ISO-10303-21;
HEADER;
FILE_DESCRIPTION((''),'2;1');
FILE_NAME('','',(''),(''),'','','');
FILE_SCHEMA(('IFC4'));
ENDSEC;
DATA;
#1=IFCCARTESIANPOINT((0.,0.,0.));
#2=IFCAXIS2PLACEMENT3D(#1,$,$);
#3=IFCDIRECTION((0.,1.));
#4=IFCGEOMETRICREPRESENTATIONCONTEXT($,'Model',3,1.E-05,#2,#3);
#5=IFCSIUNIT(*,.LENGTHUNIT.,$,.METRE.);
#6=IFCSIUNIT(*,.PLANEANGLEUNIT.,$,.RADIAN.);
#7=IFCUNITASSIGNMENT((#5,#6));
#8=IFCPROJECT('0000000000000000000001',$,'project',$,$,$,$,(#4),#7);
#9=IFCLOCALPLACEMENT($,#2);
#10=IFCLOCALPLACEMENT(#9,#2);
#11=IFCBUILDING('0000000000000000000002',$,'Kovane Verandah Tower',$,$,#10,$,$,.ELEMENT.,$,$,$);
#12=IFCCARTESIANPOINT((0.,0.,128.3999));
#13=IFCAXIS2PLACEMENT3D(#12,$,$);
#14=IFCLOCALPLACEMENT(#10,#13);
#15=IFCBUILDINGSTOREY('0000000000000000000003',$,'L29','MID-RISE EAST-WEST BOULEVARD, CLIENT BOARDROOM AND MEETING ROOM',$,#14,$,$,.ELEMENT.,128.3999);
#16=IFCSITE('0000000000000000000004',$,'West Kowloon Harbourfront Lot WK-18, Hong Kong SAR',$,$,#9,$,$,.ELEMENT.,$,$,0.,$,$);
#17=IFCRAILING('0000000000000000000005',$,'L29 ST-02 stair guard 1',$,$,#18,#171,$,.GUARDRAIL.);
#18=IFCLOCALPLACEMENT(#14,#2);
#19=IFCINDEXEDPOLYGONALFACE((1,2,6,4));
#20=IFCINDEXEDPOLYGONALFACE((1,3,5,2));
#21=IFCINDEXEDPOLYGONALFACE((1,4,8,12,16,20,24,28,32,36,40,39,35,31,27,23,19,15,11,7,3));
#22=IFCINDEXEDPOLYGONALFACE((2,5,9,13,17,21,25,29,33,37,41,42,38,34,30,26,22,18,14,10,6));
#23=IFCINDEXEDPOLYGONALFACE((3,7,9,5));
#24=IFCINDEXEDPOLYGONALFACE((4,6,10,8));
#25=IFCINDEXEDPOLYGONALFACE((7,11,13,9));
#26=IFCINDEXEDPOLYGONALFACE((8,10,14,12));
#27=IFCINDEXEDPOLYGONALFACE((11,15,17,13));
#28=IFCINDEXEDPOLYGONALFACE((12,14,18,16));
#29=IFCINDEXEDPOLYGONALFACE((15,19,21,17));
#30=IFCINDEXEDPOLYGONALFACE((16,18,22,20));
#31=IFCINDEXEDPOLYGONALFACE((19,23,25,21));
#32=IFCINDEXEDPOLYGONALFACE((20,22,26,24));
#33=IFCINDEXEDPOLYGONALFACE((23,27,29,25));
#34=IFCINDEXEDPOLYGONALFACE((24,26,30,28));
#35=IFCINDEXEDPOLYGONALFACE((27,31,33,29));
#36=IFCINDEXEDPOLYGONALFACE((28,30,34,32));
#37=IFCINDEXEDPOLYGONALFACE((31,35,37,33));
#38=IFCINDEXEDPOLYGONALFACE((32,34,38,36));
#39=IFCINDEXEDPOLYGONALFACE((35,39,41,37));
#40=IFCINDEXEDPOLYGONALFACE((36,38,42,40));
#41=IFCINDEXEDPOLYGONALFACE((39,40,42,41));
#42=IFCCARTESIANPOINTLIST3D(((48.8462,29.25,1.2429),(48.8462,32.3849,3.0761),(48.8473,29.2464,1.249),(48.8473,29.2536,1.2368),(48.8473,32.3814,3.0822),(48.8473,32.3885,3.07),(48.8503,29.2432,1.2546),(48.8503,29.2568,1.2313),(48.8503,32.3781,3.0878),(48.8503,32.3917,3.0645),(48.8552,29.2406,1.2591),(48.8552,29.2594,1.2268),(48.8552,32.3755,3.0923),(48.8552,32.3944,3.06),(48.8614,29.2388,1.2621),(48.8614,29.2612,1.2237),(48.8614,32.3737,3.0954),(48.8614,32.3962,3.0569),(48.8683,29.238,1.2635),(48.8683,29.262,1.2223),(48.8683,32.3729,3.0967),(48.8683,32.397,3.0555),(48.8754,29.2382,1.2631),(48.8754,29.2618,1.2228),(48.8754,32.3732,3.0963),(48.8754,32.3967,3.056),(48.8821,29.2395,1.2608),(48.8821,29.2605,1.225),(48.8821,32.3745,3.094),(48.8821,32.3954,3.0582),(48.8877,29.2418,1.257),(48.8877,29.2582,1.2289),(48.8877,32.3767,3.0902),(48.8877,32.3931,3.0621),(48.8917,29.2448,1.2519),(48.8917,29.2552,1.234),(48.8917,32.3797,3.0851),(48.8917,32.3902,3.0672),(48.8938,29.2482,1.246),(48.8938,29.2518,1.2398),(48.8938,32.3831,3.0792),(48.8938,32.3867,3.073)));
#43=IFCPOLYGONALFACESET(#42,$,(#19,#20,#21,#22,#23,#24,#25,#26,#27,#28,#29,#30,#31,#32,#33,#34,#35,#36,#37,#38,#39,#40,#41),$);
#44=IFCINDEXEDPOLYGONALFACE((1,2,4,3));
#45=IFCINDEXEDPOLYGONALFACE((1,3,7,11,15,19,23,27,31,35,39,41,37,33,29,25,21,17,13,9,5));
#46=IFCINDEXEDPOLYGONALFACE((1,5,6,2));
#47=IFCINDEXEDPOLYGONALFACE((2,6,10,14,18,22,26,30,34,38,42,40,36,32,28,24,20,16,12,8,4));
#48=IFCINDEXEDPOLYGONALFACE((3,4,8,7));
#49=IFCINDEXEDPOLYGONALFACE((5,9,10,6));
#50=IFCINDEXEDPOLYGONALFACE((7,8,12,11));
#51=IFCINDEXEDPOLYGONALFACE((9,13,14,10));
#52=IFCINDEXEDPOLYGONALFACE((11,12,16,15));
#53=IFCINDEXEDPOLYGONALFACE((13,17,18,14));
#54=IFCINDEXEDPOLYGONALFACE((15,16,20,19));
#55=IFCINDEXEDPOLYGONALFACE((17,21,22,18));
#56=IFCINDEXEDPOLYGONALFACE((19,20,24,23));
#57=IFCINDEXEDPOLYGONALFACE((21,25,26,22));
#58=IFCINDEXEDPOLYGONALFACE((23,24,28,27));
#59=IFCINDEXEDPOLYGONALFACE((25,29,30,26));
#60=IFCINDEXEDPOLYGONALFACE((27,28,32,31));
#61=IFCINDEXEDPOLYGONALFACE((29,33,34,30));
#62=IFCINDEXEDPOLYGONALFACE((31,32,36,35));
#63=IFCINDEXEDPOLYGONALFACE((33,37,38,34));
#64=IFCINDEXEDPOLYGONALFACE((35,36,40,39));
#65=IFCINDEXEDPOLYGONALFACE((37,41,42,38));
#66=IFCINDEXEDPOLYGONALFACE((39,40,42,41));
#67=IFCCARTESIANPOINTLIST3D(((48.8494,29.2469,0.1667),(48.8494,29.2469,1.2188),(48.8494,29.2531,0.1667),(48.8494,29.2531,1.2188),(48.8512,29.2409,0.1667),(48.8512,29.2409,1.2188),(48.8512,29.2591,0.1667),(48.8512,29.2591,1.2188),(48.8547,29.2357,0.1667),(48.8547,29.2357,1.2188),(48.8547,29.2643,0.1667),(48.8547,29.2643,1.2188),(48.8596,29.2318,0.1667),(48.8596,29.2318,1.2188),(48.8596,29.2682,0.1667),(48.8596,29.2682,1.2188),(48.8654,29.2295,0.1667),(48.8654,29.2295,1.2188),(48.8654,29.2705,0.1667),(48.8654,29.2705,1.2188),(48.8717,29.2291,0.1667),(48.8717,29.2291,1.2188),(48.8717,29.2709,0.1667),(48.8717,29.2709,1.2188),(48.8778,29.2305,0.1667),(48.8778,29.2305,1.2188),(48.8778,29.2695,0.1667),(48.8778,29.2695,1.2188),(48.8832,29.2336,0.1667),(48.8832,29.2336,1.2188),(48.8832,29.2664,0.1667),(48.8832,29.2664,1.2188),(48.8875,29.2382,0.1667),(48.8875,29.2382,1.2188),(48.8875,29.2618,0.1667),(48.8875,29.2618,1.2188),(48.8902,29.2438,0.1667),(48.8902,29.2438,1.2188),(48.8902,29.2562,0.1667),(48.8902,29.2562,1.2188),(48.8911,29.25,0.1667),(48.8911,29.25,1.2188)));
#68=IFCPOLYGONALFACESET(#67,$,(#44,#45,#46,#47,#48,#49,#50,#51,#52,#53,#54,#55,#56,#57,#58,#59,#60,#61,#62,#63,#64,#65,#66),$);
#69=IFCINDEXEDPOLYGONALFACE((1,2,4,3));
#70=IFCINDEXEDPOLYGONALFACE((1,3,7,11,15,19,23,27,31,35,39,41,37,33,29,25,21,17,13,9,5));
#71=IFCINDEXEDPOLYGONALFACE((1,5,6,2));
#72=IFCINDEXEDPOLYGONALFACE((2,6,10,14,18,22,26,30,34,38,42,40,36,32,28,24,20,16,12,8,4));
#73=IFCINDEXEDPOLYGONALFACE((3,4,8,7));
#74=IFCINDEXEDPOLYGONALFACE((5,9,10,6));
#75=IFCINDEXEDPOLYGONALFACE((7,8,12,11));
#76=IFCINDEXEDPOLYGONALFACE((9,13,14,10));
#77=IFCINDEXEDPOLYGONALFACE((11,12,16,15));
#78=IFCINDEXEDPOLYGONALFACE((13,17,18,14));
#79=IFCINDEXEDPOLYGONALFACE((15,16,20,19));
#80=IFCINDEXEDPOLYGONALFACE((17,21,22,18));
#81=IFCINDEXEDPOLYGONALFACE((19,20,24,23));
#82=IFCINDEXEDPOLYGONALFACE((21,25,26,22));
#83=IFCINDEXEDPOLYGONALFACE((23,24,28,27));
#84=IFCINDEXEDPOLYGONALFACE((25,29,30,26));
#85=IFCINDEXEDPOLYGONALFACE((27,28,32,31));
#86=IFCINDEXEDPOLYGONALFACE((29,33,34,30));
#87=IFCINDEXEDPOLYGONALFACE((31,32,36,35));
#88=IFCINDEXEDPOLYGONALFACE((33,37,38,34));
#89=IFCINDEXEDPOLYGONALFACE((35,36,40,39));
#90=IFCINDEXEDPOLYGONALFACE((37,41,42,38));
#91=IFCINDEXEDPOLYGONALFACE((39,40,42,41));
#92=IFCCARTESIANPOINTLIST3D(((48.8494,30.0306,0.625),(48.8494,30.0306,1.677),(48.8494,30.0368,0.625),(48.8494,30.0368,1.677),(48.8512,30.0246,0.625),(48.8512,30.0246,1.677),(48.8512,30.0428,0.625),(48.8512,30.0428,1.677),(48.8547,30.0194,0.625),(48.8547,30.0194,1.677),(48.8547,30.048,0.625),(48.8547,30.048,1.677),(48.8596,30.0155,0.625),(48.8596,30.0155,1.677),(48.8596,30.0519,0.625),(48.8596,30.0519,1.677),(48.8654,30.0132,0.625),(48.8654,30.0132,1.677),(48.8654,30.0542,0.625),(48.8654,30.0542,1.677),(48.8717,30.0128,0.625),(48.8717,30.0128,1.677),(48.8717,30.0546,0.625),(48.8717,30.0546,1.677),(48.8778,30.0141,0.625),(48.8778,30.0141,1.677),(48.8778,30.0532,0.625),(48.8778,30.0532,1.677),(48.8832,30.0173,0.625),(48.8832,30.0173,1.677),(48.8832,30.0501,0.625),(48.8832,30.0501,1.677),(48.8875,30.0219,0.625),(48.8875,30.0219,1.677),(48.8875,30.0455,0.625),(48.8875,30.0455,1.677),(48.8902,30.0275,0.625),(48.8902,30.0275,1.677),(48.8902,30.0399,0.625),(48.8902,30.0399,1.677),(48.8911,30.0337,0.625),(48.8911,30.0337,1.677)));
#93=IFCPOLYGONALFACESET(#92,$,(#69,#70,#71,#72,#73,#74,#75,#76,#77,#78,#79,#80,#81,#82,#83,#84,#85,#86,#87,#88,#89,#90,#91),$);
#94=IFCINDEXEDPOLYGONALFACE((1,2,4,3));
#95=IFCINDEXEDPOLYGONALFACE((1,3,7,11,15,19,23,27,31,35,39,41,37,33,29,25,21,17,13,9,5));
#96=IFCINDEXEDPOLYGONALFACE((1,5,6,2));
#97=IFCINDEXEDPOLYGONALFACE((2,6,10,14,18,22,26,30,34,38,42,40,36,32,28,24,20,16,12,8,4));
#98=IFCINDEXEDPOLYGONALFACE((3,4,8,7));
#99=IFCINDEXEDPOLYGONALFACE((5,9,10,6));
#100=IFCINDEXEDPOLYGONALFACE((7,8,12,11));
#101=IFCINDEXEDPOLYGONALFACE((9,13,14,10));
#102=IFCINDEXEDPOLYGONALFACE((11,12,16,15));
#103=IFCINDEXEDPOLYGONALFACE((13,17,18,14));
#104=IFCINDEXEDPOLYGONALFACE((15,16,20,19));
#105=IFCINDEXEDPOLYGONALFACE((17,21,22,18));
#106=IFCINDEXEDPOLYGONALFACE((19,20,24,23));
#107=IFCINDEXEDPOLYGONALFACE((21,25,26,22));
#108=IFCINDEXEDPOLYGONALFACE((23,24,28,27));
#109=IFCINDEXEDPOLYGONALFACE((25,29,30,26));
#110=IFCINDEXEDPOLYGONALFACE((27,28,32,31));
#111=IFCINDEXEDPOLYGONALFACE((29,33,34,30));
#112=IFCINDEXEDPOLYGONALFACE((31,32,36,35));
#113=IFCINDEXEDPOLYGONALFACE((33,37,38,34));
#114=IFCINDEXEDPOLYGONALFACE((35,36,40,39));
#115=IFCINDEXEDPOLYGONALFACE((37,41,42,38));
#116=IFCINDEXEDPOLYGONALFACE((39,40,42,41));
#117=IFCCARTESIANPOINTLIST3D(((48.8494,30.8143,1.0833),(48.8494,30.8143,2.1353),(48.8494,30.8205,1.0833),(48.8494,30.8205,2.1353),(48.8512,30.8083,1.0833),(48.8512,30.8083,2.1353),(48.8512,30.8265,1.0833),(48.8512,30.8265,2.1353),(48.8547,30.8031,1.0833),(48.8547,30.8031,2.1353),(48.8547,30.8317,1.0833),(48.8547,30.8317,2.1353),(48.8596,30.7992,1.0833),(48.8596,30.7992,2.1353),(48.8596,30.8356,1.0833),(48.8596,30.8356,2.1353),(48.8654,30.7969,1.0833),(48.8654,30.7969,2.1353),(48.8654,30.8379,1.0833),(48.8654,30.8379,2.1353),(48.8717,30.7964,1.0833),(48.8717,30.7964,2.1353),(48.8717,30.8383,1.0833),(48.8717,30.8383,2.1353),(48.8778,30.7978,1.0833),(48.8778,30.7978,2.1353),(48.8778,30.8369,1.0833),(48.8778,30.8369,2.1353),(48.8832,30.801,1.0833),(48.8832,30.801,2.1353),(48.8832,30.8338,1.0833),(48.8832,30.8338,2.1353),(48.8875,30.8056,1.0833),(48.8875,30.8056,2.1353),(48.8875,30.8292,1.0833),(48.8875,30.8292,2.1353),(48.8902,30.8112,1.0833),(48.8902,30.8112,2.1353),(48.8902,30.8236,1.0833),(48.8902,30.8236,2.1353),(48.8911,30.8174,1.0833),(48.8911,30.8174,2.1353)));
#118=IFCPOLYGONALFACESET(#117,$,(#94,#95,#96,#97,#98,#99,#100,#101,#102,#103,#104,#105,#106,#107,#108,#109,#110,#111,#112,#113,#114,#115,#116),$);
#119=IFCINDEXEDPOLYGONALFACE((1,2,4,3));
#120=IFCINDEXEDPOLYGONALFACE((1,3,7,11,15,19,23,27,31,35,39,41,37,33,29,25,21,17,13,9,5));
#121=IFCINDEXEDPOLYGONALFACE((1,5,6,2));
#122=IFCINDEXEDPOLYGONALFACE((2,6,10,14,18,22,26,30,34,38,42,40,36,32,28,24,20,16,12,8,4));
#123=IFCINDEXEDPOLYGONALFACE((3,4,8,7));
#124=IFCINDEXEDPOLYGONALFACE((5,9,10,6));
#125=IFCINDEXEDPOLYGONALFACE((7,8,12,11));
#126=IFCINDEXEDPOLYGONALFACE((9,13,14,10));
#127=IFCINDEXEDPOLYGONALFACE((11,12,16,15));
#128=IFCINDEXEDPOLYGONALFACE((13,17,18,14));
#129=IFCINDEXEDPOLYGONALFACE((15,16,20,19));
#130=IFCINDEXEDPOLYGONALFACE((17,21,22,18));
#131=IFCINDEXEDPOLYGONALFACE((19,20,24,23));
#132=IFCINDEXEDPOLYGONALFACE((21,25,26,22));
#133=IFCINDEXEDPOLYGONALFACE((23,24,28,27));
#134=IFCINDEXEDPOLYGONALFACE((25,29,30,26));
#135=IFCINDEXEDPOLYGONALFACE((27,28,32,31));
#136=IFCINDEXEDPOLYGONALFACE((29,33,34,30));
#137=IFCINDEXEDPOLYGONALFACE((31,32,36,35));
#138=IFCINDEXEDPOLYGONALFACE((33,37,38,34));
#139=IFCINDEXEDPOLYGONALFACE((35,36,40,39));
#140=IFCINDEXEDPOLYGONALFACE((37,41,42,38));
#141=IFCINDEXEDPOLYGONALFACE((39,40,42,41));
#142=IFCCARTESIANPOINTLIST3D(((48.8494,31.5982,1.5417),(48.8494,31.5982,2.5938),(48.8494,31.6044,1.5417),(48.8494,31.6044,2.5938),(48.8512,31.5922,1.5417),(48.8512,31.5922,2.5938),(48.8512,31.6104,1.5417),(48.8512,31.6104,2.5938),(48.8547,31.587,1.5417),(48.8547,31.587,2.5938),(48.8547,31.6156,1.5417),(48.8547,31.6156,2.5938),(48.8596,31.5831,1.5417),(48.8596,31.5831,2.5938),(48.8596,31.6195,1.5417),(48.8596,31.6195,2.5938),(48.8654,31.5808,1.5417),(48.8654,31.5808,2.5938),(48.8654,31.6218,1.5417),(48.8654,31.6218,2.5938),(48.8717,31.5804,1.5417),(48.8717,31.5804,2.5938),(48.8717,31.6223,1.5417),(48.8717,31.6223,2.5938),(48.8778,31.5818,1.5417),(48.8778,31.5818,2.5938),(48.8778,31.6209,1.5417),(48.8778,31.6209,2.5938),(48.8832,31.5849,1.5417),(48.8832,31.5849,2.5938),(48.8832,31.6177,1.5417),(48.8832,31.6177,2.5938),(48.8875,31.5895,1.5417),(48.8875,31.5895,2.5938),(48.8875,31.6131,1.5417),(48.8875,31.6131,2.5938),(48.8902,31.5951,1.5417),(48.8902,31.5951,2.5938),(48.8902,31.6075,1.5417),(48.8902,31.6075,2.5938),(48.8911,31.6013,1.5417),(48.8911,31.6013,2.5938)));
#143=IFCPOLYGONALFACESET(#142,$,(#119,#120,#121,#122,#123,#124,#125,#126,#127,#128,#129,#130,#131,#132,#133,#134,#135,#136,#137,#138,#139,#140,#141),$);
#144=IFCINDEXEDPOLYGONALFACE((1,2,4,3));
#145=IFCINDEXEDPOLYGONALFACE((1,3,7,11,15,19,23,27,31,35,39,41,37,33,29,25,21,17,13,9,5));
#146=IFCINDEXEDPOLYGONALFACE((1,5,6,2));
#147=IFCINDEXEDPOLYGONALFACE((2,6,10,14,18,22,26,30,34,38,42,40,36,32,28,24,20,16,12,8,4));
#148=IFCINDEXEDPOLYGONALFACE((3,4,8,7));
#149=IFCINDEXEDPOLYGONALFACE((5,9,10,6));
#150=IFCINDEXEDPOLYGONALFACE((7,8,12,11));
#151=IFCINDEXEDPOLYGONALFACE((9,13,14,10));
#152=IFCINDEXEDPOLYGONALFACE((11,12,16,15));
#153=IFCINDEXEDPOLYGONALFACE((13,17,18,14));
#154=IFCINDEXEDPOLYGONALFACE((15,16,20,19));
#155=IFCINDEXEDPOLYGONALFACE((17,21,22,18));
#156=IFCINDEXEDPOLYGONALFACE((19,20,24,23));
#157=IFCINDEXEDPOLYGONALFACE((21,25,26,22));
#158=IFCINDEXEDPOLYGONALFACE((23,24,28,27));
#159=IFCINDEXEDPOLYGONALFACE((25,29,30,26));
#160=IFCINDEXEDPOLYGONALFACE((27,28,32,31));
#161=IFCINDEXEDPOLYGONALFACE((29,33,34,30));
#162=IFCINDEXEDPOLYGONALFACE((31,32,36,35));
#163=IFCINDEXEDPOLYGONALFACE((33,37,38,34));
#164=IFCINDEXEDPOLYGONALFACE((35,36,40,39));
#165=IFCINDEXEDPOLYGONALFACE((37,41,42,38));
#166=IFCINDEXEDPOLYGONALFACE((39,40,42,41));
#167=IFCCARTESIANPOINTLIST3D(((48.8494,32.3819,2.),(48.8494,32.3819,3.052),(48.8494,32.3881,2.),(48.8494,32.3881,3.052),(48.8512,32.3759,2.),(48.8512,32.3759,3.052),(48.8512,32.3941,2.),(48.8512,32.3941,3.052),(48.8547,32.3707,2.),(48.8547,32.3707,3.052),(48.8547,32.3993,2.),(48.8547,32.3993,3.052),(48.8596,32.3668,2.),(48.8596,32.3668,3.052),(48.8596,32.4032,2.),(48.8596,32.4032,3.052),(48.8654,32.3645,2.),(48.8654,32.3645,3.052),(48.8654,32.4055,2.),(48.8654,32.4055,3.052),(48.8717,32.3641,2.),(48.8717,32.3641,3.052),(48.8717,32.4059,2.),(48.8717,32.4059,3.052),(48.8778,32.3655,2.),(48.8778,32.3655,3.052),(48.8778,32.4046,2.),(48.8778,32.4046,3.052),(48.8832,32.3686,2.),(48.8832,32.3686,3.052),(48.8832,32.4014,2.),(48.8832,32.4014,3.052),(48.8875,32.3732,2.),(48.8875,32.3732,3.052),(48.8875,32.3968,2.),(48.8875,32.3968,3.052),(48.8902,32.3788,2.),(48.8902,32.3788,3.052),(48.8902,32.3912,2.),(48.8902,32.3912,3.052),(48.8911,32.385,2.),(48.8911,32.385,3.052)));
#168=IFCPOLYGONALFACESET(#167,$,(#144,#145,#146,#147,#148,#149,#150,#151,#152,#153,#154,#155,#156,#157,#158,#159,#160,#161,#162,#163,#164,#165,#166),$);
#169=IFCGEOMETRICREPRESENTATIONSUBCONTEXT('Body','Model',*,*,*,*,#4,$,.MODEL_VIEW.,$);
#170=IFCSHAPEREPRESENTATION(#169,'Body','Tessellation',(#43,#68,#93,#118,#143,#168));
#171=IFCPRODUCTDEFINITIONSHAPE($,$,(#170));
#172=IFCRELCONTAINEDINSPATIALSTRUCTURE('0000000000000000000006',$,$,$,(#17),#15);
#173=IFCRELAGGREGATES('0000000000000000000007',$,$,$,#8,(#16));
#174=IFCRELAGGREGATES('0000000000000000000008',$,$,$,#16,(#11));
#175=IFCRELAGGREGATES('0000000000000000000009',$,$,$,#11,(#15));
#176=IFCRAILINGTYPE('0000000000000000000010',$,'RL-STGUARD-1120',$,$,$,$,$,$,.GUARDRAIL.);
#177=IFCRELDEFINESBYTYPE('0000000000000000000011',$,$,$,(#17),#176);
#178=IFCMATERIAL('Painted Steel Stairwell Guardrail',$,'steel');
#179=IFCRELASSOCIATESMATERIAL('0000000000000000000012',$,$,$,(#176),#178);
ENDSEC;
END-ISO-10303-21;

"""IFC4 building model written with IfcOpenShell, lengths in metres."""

from ifc_helpers import new_model, si_unit, direction, frame, origin, origin_2d, place, context, subcontext, project, spatial, circle, extrude, material, type_object, element, save


model = new_model("IFC4")

# Units and contexts
model_context = context("Model", 3, precision=1e-05, world=origin(), true_north=direction((0.0, 1.0)))
body_context = subcontext(model_context, "Body", "Model", "MODEL_VIEW")
ifc_project = project(units=[si_unit("LENGTHUNIT", "METRE"), si_unit("PLANEANGLEUNIT", "RADIAN")], contexts=[model_context])

# Site, building, storey
site_placement = place(None, origin())
site = spatial("IfcSite", under=ifc_project, at=site_placement, Name="West Kowloon Harbourfront Lot WK-18, Hong Kong SAR", CompositionType="ELEMENT", RefElevation=0.0)
building_placement = place(site_placement, origin())
building = spatial("IfcBuilding", under=site, at=building_placement, Name="Kovane Verandah Tower", CompositionType="ELEMENT")
storey_placement = place(building_placement, frame((0.0, 0.0, 128.3999)))
storey = spatial("IfcBuildingStorey", under=building, at=storey_placement, Name="L29", Description="MID-RISE EAST-WEST BOULEVARD, CLIENT BOARDROOM AND MEETING ROOM", CompositionType="ELEMENT", Elevation=128.3999)

# Railing
ifc_material_1 = material(Name="Painted Steel Stairwell Guardrail", Category="steel")
railing_type_1 = type_object("IfcRailingType", Name="RL-STGUARD-1120", PredefinedType="GUARDRAIL", material=ifc_material_1)
railing_1_placement = place(storey_placement, frame((48.8701, 29.25, 0.1667)))
element("IfcRailing", 1, at=railing_1_placement, inside=storey, type_object=railing_type_1, Name="L29 ST-02 stair guard 1", PredefinedType="GUARDRAIL", context=body_context, shape_type="SweptSolid", body=[
    extrude(circle(Radius=0.0239, at=origin_2d()), frame((0.0, 0.0, 1.0762), z_axis=(0.0, 0.86324, 0.504794), x_axis=(-1.0, 0.0, 0.0)), (0.0, 0.0, 1.0), 3.6316),
    extrude(circle(Radius=0.021, at=origin_2d()), origin(), (0.0, 0.0, 1.0), 1.052),
    extrude(circle(Radius=0.021, at=origin_2d()), frame((0.0, 0.7837, 0.4583)), (0.0, 0.0, 1.0), 1.052),
    extrude(circle(Radius=0.021, at=origin_2d()), frame((0.0, 1.5674, 0.9165)), (0.0, 0.0, 1.0), 1.052),
    extrude(circle(Radius=0.021, at=origin_2d()), frame((0.0, 2.3513, 1.375)), (0.0, 0.0, 1.0), 1.052),
    extrude(circle(Radius=0.021, at=origin_2d()), frame((0.0, 3.135, 1.8333)), (0.0, 0.0, 1.0), 1.052),
])

save(model, "model.ifc")
